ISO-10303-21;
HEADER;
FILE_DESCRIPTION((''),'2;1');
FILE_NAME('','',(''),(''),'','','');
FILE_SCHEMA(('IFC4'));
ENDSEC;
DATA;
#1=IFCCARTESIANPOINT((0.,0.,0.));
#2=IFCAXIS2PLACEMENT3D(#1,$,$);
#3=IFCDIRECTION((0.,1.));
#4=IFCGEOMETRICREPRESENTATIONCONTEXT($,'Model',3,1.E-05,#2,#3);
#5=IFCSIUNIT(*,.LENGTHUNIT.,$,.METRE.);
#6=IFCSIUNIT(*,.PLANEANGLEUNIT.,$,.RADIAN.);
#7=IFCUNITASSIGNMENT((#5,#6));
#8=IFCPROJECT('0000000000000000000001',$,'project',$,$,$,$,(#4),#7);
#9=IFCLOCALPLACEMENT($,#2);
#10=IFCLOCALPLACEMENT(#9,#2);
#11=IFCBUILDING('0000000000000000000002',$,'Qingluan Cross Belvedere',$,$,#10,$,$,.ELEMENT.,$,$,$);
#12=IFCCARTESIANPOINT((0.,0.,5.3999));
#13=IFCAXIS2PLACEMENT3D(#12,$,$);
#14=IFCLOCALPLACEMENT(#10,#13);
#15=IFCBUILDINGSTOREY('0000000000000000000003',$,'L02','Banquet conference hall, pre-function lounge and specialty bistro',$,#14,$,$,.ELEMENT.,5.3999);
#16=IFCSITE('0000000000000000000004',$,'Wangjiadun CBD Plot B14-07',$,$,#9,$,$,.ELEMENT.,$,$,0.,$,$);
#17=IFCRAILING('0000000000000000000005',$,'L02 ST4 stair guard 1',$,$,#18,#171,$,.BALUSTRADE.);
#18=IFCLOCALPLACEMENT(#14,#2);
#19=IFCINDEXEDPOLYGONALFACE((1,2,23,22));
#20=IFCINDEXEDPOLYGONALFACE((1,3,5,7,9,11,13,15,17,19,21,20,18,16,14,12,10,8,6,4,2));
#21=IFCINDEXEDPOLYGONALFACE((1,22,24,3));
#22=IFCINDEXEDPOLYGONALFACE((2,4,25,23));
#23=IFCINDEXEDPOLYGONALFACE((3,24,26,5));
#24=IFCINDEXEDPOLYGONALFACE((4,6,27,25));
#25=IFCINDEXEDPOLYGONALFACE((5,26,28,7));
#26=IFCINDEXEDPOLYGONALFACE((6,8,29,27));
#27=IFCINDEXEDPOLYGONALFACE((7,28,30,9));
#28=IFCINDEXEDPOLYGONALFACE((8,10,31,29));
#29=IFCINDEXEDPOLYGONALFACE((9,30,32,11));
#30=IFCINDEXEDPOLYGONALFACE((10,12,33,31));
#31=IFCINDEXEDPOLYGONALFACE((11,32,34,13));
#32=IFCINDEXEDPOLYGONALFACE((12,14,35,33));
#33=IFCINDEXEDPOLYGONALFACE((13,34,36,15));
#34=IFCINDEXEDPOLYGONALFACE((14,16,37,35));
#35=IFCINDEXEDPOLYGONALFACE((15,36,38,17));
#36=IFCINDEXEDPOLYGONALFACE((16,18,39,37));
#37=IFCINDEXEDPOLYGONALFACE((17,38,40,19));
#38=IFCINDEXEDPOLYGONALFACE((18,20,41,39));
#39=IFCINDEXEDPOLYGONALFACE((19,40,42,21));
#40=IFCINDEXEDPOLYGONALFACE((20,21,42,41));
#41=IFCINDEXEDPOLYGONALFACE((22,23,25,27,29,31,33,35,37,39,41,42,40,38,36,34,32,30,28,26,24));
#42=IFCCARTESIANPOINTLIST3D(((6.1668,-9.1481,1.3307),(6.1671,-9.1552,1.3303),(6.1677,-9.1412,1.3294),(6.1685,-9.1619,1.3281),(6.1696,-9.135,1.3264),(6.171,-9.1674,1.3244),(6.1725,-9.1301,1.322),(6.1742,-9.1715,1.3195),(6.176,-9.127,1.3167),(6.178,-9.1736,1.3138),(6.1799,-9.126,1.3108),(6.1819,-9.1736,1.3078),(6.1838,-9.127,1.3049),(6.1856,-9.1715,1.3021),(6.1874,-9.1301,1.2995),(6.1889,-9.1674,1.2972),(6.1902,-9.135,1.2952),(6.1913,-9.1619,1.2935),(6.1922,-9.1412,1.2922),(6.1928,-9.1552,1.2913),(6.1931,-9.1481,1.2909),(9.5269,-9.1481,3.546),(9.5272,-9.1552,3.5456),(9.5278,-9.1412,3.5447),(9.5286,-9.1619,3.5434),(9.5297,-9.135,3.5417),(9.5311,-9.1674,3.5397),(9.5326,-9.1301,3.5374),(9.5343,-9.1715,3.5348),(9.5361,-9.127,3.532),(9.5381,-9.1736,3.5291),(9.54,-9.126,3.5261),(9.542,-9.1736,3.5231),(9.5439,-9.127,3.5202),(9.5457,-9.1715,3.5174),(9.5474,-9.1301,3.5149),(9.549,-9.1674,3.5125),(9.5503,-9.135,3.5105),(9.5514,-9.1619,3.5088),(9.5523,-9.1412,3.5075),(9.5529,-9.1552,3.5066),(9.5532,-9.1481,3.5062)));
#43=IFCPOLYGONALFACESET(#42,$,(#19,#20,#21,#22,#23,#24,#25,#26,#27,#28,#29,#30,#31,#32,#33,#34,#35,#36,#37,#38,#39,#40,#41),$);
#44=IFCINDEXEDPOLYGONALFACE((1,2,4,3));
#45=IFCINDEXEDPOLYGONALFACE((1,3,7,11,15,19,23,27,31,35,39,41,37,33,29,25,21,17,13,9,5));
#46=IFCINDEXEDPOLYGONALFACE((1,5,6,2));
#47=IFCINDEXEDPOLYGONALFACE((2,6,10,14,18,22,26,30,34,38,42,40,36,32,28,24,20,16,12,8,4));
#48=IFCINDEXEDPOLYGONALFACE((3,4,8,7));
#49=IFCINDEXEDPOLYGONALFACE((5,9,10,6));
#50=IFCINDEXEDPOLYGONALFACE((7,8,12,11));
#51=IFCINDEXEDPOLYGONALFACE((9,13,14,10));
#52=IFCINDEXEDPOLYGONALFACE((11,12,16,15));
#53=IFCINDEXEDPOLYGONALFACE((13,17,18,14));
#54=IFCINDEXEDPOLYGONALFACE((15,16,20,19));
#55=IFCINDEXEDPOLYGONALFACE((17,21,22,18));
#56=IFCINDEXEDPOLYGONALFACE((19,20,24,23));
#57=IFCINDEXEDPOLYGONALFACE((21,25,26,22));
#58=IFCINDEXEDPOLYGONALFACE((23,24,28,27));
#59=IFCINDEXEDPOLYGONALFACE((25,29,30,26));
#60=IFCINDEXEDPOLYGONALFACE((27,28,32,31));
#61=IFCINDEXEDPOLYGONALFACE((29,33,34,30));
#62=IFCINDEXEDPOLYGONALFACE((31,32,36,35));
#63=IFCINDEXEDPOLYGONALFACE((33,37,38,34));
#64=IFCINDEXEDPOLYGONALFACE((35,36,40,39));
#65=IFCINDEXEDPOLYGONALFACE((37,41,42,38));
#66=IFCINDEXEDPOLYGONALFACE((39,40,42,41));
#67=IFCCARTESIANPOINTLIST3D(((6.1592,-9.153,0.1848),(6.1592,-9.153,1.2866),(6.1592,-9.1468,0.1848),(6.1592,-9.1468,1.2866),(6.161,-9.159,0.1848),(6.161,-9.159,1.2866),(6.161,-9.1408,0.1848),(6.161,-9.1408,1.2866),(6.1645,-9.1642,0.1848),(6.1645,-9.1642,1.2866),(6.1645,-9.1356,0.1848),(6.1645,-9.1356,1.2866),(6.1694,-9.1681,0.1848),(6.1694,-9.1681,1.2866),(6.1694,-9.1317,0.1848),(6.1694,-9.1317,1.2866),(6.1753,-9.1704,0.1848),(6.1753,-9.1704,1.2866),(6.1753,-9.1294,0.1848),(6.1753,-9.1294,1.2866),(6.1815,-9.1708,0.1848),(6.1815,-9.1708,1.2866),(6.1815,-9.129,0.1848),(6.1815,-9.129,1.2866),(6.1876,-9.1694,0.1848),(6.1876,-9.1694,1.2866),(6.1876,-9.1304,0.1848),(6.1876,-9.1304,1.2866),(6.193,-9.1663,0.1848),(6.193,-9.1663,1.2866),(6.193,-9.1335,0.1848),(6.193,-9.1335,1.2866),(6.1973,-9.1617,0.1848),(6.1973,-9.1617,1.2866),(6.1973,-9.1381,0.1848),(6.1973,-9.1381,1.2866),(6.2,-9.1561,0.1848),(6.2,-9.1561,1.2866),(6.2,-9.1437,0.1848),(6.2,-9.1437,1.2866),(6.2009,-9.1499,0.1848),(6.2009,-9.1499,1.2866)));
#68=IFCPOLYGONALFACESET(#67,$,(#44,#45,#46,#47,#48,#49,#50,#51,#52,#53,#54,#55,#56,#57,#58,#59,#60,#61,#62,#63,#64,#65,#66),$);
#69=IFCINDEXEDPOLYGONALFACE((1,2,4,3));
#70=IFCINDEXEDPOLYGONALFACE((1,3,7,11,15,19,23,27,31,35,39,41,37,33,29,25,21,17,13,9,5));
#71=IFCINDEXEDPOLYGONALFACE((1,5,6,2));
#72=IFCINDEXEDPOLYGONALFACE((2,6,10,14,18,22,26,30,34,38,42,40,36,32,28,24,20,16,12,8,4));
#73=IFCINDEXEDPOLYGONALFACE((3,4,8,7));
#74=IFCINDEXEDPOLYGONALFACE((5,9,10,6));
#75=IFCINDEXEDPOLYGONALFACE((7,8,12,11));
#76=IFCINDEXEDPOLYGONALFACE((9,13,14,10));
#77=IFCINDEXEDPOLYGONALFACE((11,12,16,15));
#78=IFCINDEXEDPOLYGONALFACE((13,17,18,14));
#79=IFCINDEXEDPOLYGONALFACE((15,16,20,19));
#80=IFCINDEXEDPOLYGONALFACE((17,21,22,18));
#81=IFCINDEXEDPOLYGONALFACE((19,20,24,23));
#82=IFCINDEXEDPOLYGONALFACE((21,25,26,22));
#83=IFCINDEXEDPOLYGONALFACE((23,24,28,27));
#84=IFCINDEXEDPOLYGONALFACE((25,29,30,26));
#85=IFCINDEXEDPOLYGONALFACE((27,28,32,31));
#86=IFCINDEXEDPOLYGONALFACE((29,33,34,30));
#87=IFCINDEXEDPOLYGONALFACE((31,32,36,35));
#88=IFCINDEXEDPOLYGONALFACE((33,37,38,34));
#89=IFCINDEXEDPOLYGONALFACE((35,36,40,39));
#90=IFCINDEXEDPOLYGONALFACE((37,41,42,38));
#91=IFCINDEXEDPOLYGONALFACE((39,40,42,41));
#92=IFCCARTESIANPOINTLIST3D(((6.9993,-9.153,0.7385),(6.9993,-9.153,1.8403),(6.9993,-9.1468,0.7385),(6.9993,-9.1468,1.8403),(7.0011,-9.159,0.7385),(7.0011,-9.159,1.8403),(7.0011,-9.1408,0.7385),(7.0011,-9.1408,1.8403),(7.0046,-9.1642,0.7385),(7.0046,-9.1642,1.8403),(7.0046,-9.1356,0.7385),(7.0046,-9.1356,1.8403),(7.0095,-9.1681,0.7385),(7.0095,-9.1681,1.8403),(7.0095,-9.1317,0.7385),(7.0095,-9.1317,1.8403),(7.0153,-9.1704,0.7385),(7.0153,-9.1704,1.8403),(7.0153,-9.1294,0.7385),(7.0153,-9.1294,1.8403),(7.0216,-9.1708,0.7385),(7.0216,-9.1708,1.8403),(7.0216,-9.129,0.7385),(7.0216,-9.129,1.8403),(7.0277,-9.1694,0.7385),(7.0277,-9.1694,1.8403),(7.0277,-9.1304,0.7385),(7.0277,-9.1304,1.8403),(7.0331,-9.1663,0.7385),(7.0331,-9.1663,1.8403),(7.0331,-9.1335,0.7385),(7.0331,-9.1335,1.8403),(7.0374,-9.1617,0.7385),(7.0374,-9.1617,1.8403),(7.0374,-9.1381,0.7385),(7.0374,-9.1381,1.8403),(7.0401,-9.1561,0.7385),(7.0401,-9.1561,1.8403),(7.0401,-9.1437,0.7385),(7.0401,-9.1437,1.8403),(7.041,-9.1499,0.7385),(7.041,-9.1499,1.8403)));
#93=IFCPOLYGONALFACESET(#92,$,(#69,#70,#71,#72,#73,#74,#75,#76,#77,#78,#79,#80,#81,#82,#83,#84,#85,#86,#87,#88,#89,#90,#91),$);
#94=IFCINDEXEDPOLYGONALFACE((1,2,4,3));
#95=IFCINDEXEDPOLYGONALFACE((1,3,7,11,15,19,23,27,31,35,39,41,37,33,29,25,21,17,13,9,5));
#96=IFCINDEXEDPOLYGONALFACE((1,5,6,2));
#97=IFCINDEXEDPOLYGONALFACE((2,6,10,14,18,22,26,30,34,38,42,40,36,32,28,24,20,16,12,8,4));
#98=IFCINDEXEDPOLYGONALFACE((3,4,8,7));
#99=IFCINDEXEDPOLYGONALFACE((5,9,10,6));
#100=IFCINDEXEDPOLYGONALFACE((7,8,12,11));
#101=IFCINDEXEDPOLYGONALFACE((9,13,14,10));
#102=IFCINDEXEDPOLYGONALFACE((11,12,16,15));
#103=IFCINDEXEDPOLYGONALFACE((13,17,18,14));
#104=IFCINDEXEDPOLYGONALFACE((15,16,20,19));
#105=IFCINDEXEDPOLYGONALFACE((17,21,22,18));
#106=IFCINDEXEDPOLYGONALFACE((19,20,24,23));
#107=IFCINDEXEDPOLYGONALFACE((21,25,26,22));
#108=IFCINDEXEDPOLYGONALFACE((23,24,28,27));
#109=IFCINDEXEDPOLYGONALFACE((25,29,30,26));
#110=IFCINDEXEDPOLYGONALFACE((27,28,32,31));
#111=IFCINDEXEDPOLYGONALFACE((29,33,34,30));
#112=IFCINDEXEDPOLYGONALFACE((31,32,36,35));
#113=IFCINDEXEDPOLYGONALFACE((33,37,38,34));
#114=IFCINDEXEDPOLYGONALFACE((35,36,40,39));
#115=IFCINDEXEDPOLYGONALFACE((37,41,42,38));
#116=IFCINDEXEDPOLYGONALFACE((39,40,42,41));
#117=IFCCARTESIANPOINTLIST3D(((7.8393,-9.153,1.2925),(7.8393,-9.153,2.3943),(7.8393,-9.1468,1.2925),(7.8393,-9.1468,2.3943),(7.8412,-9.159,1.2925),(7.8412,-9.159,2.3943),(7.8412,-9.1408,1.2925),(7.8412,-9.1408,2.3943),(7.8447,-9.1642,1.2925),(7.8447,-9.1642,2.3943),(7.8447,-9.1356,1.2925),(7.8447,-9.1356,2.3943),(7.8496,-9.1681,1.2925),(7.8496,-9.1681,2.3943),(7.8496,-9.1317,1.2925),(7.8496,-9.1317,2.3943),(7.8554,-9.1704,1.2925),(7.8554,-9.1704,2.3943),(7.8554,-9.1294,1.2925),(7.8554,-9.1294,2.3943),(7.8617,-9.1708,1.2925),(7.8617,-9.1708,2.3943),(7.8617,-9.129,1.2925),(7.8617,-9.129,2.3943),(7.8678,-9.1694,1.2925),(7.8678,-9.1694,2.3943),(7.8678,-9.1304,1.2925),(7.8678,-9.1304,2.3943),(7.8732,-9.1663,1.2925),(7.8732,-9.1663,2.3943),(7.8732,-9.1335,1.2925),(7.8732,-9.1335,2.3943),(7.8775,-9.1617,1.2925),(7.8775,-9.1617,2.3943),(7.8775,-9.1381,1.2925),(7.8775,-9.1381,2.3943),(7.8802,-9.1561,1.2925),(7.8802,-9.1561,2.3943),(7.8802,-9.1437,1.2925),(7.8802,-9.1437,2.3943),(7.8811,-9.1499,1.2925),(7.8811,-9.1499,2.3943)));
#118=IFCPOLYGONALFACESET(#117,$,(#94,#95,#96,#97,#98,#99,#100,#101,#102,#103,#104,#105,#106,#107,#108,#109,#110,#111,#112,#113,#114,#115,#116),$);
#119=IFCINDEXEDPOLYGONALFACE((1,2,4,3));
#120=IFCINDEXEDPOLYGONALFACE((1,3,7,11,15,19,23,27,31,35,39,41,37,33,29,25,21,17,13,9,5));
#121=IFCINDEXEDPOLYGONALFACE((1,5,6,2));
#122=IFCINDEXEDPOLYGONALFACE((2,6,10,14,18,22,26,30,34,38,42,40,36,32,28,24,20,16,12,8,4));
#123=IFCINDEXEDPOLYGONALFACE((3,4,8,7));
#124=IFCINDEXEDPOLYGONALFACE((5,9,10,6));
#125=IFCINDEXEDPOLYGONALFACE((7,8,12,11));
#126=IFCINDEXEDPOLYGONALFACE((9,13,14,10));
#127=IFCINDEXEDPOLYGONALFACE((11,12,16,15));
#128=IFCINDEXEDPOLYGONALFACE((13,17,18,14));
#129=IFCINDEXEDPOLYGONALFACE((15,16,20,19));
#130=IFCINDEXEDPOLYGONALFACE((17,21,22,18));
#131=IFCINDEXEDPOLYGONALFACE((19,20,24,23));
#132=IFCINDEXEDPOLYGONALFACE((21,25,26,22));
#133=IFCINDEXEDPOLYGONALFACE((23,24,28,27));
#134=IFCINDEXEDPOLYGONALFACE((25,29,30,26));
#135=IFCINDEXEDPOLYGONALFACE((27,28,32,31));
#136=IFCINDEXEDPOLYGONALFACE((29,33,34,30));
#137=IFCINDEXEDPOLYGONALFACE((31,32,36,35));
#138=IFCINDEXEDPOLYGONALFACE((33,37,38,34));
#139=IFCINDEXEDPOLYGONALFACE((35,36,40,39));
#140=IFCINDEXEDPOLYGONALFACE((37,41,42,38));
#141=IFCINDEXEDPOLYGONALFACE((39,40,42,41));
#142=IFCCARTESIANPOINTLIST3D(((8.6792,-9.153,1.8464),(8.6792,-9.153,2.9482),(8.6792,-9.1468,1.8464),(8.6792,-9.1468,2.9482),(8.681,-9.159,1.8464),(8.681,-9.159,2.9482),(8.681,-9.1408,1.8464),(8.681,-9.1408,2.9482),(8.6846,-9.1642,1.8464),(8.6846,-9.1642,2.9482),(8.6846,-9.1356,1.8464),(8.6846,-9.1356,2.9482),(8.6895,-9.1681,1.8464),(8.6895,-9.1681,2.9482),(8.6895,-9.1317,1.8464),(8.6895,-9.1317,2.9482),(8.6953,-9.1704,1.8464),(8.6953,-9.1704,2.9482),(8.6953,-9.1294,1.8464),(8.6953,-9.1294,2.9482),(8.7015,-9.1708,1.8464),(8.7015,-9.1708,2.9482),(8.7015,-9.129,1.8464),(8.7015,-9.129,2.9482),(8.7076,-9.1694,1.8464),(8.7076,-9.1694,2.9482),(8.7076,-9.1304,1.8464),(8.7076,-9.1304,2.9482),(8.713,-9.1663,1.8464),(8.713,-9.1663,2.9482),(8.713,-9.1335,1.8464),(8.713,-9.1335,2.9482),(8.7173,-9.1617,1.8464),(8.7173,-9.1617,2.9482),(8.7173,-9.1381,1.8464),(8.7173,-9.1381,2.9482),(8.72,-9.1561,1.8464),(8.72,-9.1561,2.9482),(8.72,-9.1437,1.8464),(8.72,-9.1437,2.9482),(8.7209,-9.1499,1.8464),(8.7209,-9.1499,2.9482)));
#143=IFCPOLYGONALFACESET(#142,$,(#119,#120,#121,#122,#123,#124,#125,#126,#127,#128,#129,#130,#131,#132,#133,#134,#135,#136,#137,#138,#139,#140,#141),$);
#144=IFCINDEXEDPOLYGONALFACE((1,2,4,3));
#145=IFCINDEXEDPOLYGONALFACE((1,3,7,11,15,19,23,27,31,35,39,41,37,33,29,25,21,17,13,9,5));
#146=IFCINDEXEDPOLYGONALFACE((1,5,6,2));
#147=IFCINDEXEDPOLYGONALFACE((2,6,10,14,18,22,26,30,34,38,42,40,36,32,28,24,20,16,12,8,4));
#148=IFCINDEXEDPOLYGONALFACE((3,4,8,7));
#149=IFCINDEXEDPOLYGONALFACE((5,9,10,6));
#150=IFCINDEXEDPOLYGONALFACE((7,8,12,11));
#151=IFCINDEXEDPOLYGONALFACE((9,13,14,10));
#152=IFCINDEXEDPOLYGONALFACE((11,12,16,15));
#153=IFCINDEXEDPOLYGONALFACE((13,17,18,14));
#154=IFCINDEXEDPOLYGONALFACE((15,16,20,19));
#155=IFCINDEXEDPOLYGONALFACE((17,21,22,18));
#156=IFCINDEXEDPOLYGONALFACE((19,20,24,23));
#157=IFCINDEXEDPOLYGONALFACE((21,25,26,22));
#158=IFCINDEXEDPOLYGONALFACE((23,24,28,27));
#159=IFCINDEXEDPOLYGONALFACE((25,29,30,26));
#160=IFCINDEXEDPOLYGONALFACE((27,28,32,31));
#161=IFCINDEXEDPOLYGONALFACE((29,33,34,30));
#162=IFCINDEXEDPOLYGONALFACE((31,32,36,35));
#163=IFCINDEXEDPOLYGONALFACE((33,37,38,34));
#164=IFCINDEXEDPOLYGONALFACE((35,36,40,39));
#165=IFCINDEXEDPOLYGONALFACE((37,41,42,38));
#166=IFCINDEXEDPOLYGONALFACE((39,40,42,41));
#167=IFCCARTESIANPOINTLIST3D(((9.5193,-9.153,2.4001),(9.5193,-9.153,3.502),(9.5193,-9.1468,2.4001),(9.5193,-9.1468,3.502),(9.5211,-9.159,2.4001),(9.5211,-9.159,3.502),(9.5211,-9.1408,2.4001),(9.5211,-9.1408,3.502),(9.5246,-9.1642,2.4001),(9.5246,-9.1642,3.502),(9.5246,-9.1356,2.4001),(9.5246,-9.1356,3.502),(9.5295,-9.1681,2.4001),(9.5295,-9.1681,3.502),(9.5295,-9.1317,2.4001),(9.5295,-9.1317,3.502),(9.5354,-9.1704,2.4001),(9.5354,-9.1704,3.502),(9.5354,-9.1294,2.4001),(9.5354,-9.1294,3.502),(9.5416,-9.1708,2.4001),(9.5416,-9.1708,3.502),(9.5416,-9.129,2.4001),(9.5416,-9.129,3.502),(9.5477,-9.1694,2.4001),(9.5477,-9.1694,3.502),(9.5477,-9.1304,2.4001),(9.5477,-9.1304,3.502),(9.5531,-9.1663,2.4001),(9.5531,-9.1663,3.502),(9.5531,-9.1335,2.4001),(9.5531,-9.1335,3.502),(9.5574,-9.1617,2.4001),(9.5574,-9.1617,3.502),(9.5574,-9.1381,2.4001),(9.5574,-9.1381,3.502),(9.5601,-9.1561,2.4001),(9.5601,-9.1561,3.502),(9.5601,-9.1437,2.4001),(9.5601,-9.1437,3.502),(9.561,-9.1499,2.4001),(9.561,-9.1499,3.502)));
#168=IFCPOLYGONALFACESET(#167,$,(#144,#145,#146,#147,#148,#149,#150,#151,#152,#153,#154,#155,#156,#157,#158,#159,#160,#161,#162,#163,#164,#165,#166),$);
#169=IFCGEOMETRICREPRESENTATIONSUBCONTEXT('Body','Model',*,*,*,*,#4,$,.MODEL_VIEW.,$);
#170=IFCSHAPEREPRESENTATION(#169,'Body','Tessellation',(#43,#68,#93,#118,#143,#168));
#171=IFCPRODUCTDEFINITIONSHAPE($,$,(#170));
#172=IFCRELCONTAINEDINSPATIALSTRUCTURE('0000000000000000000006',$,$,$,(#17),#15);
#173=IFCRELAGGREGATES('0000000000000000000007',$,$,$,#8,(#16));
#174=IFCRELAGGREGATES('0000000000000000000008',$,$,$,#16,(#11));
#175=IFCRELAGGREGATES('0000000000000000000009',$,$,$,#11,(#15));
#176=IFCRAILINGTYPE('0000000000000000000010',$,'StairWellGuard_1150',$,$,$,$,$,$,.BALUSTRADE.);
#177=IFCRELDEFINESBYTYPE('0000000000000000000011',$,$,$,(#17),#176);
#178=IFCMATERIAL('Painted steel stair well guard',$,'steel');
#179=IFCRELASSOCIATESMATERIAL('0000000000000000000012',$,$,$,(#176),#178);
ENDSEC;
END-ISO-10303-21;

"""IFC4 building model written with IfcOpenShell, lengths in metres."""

from ifc_helpers import new_model, si_unit, direction, frame, origin, origin_2d, place, context, subcontext, project, spatial, circle, extrude, material, type_object, element, save


model = new_model("IFC4")

# Units and contexts
model_context = context("Model", 3, precision=1e-05, world=origin(), true_north=direction((0.0, 1.0)))
body_context = subcontext(model_context, "Body", "Model", "MODEL_VIEW")
ifc_project = project(units=[si_unit("LENGTHUNIT", "METRE"), si_unit("PLANEANGLEUNIT", "RADIAN")], contexts=[model_context])

# Site, building, storey
site_placement = place(None, origin())
site = spatial("IfcSite", under=ifc_project, at=site_placement, Name="Wangjiadun CBD Plot B14-07", CompositionType="ELEMENT", RefElevation=0.0)
building_placement = place(site_placement, origin())
building = spatial("IfcBuilding", under=site, at=building_placement, Name="Qingluan Cross Belvedere", CompositionType="ELEMENT")
storey_placement = place(building_placement, frame((0.0, 0.0, 5.3999)))
storey = spatial("IfcBuildingStorey", under=building, at=storey_placement, Name="L02", Description="Banquet conference hall, pre-function lounge and specialty bistro", CompositionType="ELEMENT", Elevation=5.3999)

# Railing
ifc_material_1 = material(Name="Painted steel stair well guard", Category="steel")
railing_type_1 = type_object("IfcRailingType", Name="StairWellGuard_1150", PredefinedType="BALUSTRADE", material=ifc_material_1)
railing_1_placement = place(storey_placement, frame((6.1799, -9.1499, 0.1848)))
element("IfcRailing", 1, at=railing_1_placement, inside=storey, type_object=railing_type_1, Name="L02 ST4 stair guard 1", PredefinedType="BALUSTRADE", context=body_context, shape_type="SweptSolid", body=[
    extrude(circle(Radius=0.0239, at=origin_2d()), frame((0.0, 0.0, 1.126), z_axis=(0.834876, 0.0, 0.550437), x_axis=(0.0, 1.0, 0.0)), (0.0, 0.0, 1.0), 4.0247),
    extrude(circle(Radius=0.021, at=origin_2d()), origin(), (0.0, 0.0, 1.0), 1.1018),
    extrude(circle(Radius=0.021, at=origin_2d()), frame((0.8401, 0.0, 0.5537)), (0.0, 0.0, 1.0), 1.1018),
    extrude(circle(Radius=0.021, at=origin_2d()), frame((1.6802, 0.0, 1.1077)), (0.0, 0.0, 1.0), 1.1018),
    extrude(circle(Radius=0.021, at=origin_2d()), frame((2.52, 0.0, 1.6616)), (0.0, 0.0, 1.0), 1.1018),
    extrude(circle(Radius=0.021, at=origin_2d()), frame((3.3601, 0.0, 2.2153)), (0.0, 0.0, 1.0), 1.1018),
])

save(model, "model.ifc")
